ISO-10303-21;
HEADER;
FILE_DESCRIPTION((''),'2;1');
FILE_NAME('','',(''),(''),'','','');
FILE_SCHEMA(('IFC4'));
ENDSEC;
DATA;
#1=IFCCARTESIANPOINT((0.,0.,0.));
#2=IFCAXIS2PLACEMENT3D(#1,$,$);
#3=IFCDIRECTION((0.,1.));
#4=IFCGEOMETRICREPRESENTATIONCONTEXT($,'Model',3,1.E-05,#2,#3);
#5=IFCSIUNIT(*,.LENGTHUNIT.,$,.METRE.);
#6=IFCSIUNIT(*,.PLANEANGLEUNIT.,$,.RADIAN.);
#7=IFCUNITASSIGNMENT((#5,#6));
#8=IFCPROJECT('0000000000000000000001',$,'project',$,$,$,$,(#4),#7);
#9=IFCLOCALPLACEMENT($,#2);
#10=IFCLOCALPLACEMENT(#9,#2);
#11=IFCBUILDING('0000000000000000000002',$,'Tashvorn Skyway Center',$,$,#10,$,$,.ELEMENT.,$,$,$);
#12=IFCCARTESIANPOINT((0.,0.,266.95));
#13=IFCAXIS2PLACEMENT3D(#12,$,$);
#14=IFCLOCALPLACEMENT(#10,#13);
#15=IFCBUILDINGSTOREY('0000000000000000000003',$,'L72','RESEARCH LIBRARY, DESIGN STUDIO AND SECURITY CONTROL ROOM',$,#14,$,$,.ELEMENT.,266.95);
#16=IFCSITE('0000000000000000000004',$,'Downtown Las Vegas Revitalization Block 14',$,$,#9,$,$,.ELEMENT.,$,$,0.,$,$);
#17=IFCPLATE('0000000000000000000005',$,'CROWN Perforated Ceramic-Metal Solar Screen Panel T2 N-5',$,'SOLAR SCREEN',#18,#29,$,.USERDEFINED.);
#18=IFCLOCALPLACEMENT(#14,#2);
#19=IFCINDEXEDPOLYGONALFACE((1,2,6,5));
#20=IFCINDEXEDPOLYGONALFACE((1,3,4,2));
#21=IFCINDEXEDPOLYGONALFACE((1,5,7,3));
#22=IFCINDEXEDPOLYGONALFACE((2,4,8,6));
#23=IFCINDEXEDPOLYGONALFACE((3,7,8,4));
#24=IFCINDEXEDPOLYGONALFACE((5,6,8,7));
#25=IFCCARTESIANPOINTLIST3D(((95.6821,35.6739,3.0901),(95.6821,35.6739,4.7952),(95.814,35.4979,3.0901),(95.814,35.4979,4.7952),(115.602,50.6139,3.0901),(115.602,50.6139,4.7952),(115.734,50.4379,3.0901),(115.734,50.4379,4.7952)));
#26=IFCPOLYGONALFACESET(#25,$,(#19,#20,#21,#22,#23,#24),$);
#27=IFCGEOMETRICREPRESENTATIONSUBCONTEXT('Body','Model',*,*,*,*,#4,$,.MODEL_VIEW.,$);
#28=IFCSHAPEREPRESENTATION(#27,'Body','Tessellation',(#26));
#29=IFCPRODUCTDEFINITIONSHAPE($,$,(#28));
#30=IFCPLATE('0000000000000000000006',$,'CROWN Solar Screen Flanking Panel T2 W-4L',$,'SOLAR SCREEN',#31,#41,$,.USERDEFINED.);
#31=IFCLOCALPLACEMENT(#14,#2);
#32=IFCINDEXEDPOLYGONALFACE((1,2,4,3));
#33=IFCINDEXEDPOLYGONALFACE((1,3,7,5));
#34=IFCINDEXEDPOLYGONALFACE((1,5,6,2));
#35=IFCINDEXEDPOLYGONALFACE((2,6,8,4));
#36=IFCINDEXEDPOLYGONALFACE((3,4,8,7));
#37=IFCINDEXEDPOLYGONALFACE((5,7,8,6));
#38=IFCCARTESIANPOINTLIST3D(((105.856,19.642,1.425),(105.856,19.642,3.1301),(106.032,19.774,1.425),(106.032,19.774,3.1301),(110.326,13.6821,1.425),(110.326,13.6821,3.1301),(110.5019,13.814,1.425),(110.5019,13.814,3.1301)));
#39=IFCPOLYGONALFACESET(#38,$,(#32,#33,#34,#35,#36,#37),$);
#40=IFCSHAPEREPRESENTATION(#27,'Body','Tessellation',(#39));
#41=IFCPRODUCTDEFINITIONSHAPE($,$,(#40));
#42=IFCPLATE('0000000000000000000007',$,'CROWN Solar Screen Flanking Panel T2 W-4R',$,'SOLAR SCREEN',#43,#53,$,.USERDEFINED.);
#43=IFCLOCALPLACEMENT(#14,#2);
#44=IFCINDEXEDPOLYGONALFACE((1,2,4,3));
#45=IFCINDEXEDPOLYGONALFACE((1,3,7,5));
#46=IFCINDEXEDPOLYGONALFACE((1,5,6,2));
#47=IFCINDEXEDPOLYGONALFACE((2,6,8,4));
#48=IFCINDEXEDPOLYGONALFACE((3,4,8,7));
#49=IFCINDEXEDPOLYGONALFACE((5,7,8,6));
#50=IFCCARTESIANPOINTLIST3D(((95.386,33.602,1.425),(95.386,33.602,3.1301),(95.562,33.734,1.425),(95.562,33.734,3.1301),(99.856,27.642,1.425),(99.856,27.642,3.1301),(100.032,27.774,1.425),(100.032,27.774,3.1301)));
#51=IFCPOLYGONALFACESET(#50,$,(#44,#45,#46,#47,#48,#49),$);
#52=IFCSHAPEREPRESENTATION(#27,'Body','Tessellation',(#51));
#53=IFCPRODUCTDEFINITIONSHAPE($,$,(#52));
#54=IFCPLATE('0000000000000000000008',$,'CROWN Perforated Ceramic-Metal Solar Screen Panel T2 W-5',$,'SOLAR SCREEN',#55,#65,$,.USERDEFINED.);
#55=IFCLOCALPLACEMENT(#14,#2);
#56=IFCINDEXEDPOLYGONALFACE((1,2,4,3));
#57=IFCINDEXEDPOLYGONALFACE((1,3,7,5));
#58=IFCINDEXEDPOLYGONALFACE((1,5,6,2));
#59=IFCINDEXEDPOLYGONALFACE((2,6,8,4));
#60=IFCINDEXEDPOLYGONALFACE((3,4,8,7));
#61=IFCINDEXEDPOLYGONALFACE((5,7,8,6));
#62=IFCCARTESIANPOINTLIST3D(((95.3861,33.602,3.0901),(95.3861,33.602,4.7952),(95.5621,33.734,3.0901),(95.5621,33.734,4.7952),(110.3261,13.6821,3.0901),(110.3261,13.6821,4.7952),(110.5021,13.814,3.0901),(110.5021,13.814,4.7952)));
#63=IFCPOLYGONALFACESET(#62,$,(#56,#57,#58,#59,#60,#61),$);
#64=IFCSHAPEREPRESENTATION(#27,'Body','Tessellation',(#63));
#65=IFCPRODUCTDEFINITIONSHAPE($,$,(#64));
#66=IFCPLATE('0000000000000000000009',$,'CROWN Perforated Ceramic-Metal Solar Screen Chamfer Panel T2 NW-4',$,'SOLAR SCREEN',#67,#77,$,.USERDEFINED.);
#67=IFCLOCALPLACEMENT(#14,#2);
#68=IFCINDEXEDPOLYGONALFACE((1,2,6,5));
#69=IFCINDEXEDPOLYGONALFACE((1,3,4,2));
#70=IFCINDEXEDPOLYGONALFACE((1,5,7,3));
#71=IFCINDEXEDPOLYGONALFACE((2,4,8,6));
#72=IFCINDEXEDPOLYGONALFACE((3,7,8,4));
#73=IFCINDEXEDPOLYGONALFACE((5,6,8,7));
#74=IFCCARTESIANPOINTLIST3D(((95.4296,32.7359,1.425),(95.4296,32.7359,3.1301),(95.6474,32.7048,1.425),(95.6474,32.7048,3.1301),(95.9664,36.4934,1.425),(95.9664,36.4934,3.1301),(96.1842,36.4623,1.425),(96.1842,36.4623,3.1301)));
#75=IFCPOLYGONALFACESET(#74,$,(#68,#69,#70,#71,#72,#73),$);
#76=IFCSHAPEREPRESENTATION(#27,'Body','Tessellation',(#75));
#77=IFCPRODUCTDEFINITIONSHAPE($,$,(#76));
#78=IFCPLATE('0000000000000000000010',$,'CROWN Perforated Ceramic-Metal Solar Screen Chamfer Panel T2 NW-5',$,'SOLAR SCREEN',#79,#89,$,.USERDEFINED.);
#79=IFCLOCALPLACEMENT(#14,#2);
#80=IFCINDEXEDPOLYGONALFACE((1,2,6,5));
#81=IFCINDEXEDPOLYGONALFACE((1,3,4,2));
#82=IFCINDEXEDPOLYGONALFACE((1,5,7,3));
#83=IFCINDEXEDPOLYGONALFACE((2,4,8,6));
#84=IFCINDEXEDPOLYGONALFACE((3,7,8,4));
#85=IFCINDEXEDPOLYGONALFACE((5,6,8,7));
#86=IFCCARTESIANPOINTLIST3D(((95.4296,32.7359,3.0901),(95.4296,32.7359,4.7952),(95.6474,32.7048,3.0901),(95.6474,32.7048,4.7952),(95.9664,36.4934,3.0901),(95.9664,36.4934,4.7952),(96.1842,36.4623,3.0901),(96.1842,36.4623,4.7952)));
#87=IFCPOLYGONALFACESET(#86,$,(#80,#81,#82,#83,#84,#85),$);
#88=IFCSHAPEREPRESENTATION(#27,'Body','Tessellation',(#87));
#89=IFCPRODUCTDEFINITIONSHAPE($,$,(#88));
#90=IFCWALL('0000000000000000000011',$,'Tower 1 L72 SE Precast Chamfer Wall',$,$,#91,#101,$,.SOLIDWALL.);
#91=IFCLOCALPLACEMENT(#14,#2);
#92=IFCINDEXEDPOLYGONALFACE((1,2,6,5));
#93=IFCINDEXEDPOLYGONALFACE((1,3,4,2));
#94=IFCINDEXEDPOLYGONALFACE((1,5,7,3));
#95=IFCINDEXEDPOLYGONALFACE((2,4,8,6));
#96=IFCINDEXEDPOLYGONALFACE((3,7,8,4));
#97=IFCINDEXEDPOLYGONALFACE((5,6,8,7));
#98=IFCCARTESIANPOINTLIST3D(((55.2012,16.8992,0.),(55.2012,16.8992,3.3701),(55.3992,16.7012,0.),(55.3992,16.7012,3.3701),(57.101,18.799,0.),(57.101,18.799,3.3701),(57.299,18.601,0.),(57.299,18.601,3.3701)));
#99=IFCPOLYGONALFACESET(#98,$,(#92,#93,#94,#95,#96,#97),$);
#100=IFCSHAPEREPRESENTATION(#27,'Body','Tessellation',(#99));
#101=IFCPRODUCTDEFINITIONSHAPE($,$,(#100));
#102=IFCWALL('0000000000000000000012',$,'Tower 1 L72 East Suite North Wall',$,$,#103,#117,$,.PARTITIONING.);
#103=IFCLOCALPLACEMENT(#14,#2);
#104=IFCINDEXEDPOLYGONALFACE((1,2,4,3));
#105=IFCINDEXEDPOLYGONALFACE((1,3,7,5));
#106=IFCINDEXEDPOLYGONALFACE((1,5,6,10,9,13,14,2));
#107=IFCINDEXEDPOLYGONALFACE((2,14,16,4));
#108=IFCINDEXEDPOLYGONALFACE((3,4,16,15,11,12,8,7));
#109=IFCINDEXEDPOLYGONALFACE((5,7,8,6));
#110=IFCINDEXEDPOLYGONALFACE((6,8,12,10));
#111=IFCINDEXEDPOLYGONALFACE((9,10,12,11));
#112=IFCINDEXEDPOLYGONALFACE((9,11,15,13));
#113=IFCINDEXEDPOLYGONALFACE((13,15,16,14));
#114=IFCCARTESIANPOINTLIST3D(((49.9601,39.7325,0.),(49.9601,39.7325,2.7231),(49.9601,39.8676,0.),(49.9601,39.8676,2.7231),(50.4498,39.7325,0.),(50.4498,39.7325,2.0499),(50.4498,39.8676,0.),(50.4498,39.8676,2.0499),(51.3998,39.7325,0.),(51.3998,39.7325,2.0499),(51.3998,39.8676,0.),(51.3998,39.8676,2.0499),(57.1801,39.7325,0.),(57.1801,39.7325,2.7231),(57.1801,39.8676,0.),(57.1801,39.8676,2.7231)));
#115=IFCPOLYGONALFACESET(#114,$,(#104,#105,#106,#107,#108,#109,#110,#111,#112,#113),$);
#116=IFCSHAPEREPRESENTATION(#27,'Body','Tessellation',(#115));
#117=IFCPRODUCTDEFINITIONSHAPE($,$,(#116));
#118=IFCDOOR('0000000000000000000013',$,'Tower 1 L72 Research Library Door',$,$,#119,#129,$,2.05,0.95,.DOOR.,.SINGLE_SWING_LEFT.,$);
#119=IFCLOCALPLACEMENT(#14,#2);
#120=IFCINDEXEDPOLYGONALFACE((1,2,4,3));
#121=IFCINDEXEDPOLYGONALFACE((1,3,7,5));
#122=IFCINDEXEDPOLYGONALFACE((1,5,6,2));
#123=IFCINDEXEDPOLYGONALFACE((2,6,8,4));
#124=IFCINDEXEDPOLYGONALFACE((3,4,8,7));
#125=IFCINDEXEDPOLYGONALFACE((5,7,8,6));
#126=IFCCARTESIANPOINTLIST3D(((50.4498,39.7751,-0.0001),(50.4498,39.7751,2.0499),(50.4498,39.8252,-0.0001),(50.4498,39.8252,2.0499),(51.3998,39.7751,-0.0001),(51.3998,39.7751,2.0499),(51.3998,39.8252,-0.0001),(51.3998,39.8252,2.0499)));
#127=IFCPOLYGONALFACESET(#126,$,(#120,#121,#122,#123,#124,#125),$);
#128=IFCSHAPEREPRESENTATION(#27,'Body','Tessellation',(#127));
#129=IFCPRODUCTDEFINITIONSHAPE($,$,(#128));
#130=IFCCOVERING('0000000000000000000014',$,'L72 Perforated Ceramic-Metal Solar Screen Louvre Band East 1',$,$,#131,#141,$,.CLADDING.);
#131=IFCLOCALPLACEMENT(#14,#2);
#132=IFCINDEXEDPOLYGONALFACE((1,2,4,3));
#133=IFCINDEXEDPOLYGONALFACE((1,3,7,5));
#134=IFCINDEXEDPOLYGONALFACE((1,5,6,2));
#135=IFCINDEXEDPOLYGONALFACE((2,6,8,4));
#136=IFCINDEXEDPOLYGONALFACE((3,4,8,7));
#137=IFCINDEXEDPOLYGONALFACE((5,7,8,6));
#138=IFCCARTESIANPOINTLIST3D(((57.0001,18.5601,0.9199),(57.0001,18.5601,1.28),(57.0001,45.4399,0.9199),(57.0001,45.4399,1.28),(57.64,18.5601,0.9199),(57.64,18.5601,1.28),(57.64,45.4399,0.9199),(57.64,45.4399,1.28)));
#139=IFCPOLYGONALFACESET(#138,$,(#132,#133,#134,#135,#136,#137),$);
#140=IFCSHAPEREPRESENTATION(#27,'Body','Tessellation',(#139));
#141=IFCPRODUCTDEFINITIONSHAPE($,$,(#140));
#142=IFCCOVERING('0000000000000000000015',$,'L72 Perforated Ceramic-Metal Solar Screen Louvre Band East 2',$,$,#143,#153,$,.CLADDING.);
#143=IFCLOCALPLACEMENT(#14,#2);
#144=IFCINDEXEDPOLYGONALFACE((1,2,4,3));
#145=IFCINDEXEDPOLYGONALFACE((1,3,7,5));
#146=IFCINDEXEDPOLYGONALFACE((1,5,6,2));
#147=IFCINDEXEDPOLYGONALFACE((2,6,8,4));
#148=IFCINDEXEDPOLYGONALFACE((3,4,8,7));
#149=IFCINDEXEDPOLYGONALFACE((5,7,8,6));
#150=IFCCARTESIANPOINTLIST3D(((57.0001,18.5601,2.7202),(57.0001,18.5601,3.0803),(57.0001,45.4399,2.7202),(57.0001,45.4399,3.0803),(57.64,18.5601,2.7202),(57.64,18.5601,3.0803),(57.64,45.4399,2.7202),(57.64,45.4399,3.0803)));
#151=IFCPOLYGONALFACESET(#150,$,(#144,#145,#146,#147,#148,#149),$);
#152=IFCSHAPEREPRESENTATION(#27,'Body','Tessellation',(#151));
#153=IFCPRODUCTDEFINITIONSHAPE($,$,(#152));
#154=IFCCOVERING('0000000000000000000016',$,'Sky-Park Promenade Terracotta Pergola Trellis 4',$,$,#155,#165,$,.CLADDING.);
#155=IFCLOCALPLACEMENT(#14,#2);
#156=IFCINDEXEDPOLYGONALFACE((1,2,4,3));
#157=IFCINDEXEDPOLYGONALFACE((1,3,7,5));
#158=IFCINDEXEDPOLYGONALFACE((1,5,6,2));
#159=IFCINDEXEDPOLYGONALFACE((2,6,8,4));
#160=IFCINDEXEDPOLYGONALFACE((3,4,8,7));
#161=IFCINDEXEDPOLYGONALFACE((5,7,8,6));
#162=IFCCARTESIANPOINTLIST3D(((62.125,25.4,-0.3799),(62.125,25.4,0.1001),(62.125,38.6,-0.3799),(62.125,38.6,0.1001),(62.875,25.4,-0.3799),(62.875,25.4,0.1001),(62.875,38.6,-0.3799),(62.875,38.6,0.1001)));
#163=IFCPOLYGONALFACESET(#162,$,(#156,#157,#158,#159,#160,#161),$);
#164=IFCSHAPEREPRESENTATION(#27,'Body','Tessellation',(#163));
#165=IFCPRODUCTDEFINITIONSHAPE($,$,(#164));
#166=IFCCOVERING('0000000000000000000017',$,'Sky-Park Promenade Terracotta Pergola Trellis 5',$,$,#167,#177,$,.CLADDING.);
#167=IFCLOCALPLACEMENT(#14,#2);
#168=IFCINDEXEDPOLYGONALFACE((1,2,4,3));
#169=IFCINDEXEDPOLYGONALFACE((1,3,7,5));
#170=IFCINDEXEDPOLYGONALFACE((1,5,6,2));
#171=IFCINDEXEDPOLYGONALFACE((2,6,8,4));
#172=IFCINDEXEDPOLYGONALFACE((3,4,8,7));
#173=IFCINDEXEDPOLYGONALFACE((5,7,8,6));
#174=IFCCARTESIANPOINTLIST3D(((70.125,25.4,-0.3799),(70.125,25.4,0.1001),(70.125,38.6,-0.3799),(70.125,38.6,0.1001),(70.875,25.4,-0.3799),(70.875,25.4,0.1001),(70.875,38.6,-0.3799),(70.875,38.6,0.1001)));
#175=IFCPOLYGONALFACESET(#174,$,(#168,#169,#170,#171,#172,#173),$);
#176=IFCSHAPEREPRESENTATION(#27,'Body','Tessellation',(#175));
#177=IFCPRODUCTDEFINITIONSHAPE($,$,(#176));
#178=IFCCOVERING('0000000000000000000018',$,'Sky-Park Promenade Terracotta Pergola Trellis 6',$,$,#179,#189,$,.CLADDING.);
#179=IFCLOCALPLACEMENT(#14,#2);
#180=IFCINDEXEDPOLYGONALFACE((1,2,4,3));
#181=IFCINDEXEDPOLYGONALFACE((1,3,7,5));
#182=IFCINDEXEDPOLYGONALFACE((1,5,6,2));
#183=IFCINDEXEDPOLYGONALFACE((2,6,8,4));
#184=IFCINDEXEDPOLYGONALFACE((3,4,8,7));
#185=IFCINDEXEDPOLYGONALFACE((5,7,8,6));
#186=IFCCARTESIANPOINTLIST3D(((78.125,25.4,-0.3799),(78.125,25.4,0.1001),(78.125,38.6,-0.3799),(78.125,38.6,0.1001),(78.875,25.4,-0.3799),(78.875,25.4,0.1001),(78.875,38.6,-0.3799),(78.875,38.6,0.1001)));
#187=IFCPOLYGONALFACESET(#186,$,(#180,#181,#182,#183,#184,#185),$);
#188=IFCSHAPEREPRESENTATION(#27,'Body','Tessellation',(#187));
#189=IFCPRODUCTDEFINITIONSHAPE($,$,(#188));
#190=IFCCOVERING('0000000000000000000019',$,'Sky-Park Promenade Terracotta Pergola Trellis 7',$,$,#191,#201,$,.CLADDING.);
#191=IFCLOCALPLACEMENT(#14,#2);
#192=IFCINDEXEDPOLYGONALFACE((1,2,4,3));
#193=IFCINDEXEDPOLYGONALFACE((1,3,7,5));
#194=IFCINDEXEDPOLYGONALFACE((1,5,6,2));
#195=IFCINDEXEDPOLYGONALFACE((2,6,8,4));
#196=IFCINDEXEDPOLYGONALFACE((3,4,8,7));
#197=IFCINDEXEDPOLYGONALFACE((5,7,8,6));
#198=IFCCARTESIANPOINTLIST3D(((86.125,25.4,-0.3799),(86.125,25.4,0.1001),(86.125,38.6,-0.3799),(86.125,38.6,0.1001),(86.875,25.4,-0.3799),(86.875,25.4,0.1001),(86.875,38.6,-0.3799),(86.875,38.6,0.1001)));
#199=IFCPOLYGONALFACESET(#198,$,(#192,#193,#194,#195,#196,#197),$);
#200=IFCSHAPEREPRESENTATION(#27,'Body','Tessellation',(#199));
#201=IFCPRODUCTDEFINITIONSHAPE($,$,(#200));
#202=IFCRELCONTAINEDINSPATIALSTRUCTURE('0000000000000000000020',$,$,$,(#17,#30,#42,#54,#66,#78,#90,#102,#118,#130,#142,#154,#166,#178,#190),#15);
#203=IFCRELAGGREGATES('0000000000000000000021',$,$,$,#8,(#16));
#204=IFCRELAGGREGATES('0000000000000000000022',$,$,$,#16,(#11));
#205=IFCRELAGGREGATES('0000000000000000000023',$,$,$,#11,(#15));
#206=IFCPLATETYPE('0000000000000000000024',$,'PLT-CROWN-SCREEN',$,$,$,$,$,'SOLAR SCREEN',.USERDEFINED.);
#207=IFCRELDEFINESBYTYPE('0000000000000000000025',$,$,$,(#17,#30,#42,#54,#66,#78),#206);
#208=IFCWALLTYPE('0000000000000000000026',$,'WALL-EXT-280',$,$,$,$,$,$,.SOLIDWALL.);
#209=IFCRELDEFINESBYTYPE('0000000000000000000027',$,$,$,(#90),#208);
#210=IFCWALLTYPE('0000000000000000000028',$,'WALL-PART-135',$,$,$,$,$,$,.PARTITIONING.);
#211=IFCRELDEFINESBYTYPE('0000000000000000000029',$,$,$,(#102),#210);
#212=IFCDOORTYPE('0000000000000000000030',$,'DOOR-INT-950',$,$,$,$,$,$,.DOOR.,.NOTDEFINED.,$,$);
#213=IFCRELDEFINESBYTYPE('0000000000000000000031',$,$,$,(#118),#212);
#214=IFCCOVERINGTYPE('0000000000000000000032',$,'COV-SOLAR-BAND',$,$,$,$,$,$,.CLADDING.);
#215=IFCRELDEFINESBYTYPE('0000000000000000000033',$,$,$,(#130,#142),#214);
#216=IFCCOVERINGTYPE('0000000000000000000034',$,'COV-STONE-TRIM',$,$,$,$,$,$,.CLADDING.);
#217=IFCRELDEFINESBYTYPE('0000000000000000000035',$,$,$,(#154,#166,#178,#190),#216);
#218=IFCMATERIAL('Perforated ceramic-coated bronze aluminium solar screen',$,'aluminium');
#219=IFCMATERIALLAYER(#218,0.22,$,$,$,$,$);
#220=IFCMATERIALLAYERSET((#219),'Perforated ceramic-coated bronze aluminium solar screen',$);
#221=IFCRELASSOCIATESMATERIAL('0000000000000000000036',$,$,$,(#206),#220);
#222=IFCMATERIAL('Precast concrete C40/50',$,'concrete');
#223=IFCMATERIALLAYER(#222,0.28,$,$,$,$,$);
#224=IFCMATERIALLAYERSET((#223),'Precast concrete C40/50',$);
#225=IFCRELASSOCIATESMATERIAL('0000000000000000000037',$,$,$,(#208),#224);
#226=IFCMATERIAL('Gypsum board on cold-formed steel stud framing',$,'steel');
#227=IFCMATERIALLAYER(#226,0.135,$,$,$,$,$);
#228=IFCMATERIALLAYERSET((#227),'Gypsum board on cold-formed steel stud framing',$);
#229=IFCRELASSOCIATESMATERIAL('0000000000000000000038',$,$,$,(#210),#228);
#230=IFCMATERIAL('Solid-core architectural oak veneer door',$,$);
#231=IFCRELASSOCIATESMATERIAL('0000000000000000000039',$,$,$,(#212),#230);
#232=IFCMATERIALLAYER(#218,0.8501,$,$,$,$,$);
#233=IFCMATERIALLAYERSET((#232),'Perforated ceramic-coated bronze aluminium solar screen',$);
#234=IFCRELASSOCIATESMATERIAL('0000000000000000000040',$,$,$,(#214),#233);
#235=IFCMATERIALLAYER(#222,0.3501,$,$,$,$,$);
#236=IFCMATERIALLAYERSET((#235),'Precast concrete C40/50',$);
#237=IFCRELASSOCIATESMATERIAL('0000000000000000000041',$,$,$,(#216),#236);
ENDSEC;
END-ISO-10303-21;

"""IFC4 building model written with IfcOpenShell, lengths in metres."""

from ifc_helpers import new_model, si_unit, direction, frame, frame_2d, origin, origin_2d, place, context, subcontext, project, spatial, rectangle, extrude, material, layer, layer_set, type_object, element, fill, save


model = new_model("IFC4")

# Units and contexts
model_context = context("Model", 3, precision=1e-05, world=origin(), true_north=direction((0.0, 1.0)))
body_context = subcontext(model_context, "Body", "Model", "MODEL_VIEW")
ifc_project = project(units=[si_unit("LENGTHUNIT", "METRE"), si_unit("PLANEANGLEUNIT", "RADIAN")], contexts=[model_context])

# Site, building, storey
site_placement = place(None, origin())
site = spatial("IfcSite", under=ifc_project, at=site_placement, Name="Downtown Las Vegas Revitalization Block 14", CompositionType="ELEMENT", RefElevation=0.0)
building_placement = place(site_placement, origin())
building = spatial("IfcBuilding", under=site, at=building_placement, Name="Tashvorn Skyway Center", CompositionType="ELEMENT")
storey_placement = place(building_placement, frame((0.0, 0.0, 266.95)))
storey = spatial("IfcBuildingStorey", under=building, at=storey_placement, Name="L72", Description="RESEARCH LIBRARY, DESIGN STUDIO AND SECURITY CONTROL ROOM", CompositionType="ELEMENT", Elevation=266.95)

# Plates
ifc_material_1 = material(Name="Perforated ceramic-coated bronze aluminium solar screen", Category="aluminium")
ifc_layer_1 = layer(ifc_material_1, 0.22)
ifc_layer_set_1 = layer_set([ifc_layer_1], Name="Perforated ceramic-coated bronze aluminium solar screen")
plate_type_1 = type_object("IfcPlateType", Name="PLT-CROWN-SCREEN", ElementType="SOLAR SCREEN", PredefinedType="USERDEFINED", material=ifc_layer_set_1)
plate_1_placement = place(storey_placement, frame((105.708, 43.0559, 3.0901), z_axis=(0.0, 0.0, 1.0), x_axis=(-0.8, -0.6, 0.0)))
element("IfcPlate", 1, at=plate_1_placement, inside=storey, type_object=plate_type_1, Name="CROWN Perforated Ceramic-Metal Solar Screen Panel T2 N-5", ObjectType="SOLAR SCREEN", PredefinedType="USERDEFINED", context=body_context, shape_type="SweptSolid", body=[
    extrude(rectangle(XDim=24.8999, YDim=0.22, at=origin_2d()), origin(), (0.0, 0.0, 1.0), 1.7051),
])
for number, where, z_axis, x_axis, name in (
    (2, (108.179, 16.728, 1.425), (0.0, 0.0, 1.0), (0.6, -0.8, 0.0), "CROWN Solar Screen Flanking Panel T2 W-4L"),
    (3, (97.709, 30.688, 1.425), (0.0, 0.0, 1.0), (0.6, -0.8, 0.0), "CROWN Solar Screen Flanking Panel T2 W-4R"),
):
    element("IfcPlate", number, at=place(storey_placement, frame(where, z_axis=z_axis, x_axis=x_axis)), inside=storey, type_object=plate_type_1, Name=name, ObjectType="SOLAR SCREEN", PredefinedType="USERDEFINED", context=body_context, shape_type="SweptSolid", body=[
        extrude(rectangle(XDim=7.45, YDim=0.22, at=origin_2d()), origin(), (0.0, 0.0, 1.0), 1.7051),
    ])
plate_2_placement = place(storey_placement, frame((102.9441, 23.708, 3.0901), z_axis=(0.0, 0.0, 1.0), x_axis=(0.6, -0.8, 0.0)))
element("IfcPlate", 4, at=plate_2_placement, inside=storey, type_object=plate_type_1, Name="CROWN Perforated Ceramic-Metal Solar Screen Panel T2 W-5", ObjectType="SOLAR SCREEN", PredefinedType="USERDEFINED", context=body_context, shape_type="SweptSolid", body=[
    extrude(rectangle(XDim=24.8999, YDim=0.22, at=origin_2d()), origin(), (0.0, 0.0, 1.0), 1.7051),
])
for number, where, z_axis, x_axis, name in (
    (5, (95.8069, 34.5991, 1.425), (0.0, 0.0, 1.0), (-0.141421, -0.989949, 0.0), "CROWN Perforated Ceramic-Metal Solar Screen Chamfer Panel T2 NW-4"),
    (6, (95.8069, 34.5991, 3.0901), (0.0, 0.0, 1.0), (-0.141421, -0.989949, 0.0), "CROWN Perforated Ceramic-Metal Solar Screen Chamfer Panel T2 NW-5"),
):
    element("IfcPlate", number, at=place(storey_placement, frame(where, z_axis=z_axis, x_axis=x_axis)), inside=storey, type_object=plate_type_1, Name=name, ObjectType="SOLAR SCREEN", PredefinedType="USERDEFINED", context=body_context, shape_type="SweptSolid", body=[
        extrude(rectangle(XDim=3.7957, YDim=0.22, at=origin_2d()), origin(), (0.0, 0.0, 1.0), 1.7051),
    ])

# Wall
ifc_material_2 = material(Name="Precast concrete C40/50", Category="concrete")
ifc_layer_2 = layer(ifc_material_2, 0.28)
ifc_layer_set_2 = layer_set([ifc_layer_2], Name="Precast concrete C40/50")
wall_type_1 = type_object("IfcWallType", Name="WALL-EXT-280", PredefinedType="SOLIDWALL", material=ifc_layer_set_2)
wall_1_placement = place(storey_placement, frame((57.2, 18.7, 0.0), z_axis=(0.0, 0.0, 1.0), x_axis=(-0.707107, -0.707107, 0.0)))
element("IfcWall", 7, at=wall_1_placement, inside=storey, type_object=wall_type_1, Name="Tower 1 L72 SE Precast Chamfer Wall", PredefinedType="SOLIDWALL", context=body_context, shape_type="SweptSolid", body=[
    extrude(rectangle(XDim=2.6868, YDim=0.28, at=frame_2d((1.3433, 0.0))), origin(), (0.0, 0.0, 1.0), 3.3701),
])

# Wall, opening, door
ifc_material_3 = material(Name="Gypsum board on cold-formed steel stud framing", Category="steel")
ifc_layer_3 = layer(ifc_material_3, 0.135)
ifc_layer_set_3 = layer_set([ifc_layer_3], Name="Gypsum board on cold-formed steel stud framing")
wall_type_2 = type_object("IfcWallType", Name="WALL-PART-135", PredefinedType="PARTITIONING", material=ifc_layer_set_3)
wall_2_placement = place(storey_placement, frame((57.1799, 39.8, 0.0), z_axis=(0.0, 0.0, 1.0), x_axis=(-1.0, 0.0, 0.0)))
wall_2 = element("IfcWall", 8, at=wall_2_placement, inside=storey, type_object=wall_type_2, Name="Tower 1 L72 East Suite North Wall", PredefinedType="PARTITIONING", context=body_context, shape_type="SweptSolid", body=[
    extrude(rectangle(XDim=7.22, YDim=0.135, at=frame_2d((3.6099, 0.0))), origin(), (0.0, 0.0, 1.0), 2.7231),
])
opening_placement = place(wall_2_placement, frame((5.78, 0.0, 0.0)))
opening = element("IfcOpeningElement", 9, at=opening_placement, cuts=wall_2, PredefinedType="OPENING", context=body_context, shape_type="SweptSolid", body=[
    extrude(rectangle(XDim=0.95, YDim=2.05, at=frame_2d((0.4751, 1.0249))), frame((0.0, 0.0774, 0.0), z_axis=(0.0, -1.0, 0.0), x_axis=(1.0, 0.0, 0.0)), (0.0, 0.0, 1.0), 0.155),
])
ifc_material_4 = material(Name="Solid-core architectural oak veneer door")
door_type = type_object("IfcDoorType", Name="DOOR-INT-950", OperationType="NOTDEFINED", PredefinedType="DOOR", material=ifc_material_4)
door_placement = place(opening_placement, origin())
door = element("IfcDoor", 10, at=door_placement, inside=storey, type_object=door_type, Name="Tower 1 L72 Research Library Door", OperationType="SINGLE_SWING_LEFT", OverallHeight=2.05, OverallWidth=0.95, PredefinedType="DOOR", context=body_context, shape_type="SweptSolid", body=[
    extrude(rectangle(XDim=0.95, YDim=2.05, at=frame_2d((0.4751, 1.0249))), frame((0.0, 0.0249, 0.0), z_axis=(0.0, -1.0, 0.0), x_axis=(1.0, 0.0, 0.0)), (0.0, 0.0, 1.0), 0.05),
])
fill(opening, door)

# Coverings
ifc_layer_4 = layer(ifc_material_1, 0.8501)
ifc_layer_set_4 = layer_set([ifc_layer_4], Name="Perforated ceramic-coated bronze aluminium solar screen")
covering_type_1 = type_object("IfcCoveringType", Name="COV-SOLAR-BAND", PredefinedType="CLADDING", material=ifc_layer_set_4)
for number, where, z_axis, x_axis, name in (
    (11, (57.3201, 32.0, 0.9199), (0.0, 0.0, 1.0), (0.0, -1.0, 0.0), "L72 Perforated Ceramic-Metal Solar Screen Louvre Band East 1"),
    (12, (57.3201, 32.0, 2.7202), (0.0, 0.0, 1.0), (0.0, -1.0, 0.0), "L72 Perforated Ceramic-Metal Solar Screen Louvre Band East 2"),
):
    element("IfcCovering", number, at=place(storey_placement, frame(where, z_axis=z_axis, x_axis=x_axis)), inside=storey, type_object=covering_type_1, Name=name, PredefinedType="CLADDING", context=body_context, shape_type="SweptSolid", body=[
        extrude(rectangle(XDim=26.8799, YDim=0.6399, at=origin_2d()), origin(), (0.0, 0.0, 1.0), 0.3601),
    ])
ifc_layer_5 = layer(ifc_material_2, 0.3501)
ifc_layer_set_5 = layer_set([ifc_layer_5], Name="Precast concrete C40/50")
covering_type_2 = type_object("IfcCoveringType", Name="COV-STONE-TRIM", PredefinedType="CLADDING", material=ifc_layer_set_5)
for number, where, z_axis, x_axis, name in (
    (13, (62.5, 32.0, -0.3799), (0.0, 0.0, 1.0), (1.0, 0.0, 0.0), "Sky-Park Promenade Terracotta Pergola Trellis 4"),
    (14, (70.5, 32.0, -0.3799), (0.0, 0.0, 1.0), (1.0, 0.0, 0.0), "Sky-Park Promenade Terracotta Pergola Trellis 5"),
    (15, (78.5, 32.0, -0.3799), (0.0, 0.0, 1.0), (1.0, 0.0, 0.0), "Sky-Park Promenade Terracotta Pergola Trellis 6"),
    (16, (86.5, 32.0, -0.3799), (0.0, 0.0, 1.0), (1.0, 0.0, 0.0), "Sky-Park Promenade Terracotta Pergola Trellis 7"),
):
    element("IfcCovering", number, at=place(storey_placement, frame(where, z_axis=z_axis, x_axis=x_axis)), inside=storey, type_object=covering_type_2, Name=name, PredefinedType="CLADDING", context=body_context, shape_type="SweptSolid", body=[
        extrude(rectangle(XDim=0.75, YDim=13.2, at=origin_2d()), origin(), (0.0, 0.0, 1.0), 0.48),
    ])

save(model, "model.ifc")
